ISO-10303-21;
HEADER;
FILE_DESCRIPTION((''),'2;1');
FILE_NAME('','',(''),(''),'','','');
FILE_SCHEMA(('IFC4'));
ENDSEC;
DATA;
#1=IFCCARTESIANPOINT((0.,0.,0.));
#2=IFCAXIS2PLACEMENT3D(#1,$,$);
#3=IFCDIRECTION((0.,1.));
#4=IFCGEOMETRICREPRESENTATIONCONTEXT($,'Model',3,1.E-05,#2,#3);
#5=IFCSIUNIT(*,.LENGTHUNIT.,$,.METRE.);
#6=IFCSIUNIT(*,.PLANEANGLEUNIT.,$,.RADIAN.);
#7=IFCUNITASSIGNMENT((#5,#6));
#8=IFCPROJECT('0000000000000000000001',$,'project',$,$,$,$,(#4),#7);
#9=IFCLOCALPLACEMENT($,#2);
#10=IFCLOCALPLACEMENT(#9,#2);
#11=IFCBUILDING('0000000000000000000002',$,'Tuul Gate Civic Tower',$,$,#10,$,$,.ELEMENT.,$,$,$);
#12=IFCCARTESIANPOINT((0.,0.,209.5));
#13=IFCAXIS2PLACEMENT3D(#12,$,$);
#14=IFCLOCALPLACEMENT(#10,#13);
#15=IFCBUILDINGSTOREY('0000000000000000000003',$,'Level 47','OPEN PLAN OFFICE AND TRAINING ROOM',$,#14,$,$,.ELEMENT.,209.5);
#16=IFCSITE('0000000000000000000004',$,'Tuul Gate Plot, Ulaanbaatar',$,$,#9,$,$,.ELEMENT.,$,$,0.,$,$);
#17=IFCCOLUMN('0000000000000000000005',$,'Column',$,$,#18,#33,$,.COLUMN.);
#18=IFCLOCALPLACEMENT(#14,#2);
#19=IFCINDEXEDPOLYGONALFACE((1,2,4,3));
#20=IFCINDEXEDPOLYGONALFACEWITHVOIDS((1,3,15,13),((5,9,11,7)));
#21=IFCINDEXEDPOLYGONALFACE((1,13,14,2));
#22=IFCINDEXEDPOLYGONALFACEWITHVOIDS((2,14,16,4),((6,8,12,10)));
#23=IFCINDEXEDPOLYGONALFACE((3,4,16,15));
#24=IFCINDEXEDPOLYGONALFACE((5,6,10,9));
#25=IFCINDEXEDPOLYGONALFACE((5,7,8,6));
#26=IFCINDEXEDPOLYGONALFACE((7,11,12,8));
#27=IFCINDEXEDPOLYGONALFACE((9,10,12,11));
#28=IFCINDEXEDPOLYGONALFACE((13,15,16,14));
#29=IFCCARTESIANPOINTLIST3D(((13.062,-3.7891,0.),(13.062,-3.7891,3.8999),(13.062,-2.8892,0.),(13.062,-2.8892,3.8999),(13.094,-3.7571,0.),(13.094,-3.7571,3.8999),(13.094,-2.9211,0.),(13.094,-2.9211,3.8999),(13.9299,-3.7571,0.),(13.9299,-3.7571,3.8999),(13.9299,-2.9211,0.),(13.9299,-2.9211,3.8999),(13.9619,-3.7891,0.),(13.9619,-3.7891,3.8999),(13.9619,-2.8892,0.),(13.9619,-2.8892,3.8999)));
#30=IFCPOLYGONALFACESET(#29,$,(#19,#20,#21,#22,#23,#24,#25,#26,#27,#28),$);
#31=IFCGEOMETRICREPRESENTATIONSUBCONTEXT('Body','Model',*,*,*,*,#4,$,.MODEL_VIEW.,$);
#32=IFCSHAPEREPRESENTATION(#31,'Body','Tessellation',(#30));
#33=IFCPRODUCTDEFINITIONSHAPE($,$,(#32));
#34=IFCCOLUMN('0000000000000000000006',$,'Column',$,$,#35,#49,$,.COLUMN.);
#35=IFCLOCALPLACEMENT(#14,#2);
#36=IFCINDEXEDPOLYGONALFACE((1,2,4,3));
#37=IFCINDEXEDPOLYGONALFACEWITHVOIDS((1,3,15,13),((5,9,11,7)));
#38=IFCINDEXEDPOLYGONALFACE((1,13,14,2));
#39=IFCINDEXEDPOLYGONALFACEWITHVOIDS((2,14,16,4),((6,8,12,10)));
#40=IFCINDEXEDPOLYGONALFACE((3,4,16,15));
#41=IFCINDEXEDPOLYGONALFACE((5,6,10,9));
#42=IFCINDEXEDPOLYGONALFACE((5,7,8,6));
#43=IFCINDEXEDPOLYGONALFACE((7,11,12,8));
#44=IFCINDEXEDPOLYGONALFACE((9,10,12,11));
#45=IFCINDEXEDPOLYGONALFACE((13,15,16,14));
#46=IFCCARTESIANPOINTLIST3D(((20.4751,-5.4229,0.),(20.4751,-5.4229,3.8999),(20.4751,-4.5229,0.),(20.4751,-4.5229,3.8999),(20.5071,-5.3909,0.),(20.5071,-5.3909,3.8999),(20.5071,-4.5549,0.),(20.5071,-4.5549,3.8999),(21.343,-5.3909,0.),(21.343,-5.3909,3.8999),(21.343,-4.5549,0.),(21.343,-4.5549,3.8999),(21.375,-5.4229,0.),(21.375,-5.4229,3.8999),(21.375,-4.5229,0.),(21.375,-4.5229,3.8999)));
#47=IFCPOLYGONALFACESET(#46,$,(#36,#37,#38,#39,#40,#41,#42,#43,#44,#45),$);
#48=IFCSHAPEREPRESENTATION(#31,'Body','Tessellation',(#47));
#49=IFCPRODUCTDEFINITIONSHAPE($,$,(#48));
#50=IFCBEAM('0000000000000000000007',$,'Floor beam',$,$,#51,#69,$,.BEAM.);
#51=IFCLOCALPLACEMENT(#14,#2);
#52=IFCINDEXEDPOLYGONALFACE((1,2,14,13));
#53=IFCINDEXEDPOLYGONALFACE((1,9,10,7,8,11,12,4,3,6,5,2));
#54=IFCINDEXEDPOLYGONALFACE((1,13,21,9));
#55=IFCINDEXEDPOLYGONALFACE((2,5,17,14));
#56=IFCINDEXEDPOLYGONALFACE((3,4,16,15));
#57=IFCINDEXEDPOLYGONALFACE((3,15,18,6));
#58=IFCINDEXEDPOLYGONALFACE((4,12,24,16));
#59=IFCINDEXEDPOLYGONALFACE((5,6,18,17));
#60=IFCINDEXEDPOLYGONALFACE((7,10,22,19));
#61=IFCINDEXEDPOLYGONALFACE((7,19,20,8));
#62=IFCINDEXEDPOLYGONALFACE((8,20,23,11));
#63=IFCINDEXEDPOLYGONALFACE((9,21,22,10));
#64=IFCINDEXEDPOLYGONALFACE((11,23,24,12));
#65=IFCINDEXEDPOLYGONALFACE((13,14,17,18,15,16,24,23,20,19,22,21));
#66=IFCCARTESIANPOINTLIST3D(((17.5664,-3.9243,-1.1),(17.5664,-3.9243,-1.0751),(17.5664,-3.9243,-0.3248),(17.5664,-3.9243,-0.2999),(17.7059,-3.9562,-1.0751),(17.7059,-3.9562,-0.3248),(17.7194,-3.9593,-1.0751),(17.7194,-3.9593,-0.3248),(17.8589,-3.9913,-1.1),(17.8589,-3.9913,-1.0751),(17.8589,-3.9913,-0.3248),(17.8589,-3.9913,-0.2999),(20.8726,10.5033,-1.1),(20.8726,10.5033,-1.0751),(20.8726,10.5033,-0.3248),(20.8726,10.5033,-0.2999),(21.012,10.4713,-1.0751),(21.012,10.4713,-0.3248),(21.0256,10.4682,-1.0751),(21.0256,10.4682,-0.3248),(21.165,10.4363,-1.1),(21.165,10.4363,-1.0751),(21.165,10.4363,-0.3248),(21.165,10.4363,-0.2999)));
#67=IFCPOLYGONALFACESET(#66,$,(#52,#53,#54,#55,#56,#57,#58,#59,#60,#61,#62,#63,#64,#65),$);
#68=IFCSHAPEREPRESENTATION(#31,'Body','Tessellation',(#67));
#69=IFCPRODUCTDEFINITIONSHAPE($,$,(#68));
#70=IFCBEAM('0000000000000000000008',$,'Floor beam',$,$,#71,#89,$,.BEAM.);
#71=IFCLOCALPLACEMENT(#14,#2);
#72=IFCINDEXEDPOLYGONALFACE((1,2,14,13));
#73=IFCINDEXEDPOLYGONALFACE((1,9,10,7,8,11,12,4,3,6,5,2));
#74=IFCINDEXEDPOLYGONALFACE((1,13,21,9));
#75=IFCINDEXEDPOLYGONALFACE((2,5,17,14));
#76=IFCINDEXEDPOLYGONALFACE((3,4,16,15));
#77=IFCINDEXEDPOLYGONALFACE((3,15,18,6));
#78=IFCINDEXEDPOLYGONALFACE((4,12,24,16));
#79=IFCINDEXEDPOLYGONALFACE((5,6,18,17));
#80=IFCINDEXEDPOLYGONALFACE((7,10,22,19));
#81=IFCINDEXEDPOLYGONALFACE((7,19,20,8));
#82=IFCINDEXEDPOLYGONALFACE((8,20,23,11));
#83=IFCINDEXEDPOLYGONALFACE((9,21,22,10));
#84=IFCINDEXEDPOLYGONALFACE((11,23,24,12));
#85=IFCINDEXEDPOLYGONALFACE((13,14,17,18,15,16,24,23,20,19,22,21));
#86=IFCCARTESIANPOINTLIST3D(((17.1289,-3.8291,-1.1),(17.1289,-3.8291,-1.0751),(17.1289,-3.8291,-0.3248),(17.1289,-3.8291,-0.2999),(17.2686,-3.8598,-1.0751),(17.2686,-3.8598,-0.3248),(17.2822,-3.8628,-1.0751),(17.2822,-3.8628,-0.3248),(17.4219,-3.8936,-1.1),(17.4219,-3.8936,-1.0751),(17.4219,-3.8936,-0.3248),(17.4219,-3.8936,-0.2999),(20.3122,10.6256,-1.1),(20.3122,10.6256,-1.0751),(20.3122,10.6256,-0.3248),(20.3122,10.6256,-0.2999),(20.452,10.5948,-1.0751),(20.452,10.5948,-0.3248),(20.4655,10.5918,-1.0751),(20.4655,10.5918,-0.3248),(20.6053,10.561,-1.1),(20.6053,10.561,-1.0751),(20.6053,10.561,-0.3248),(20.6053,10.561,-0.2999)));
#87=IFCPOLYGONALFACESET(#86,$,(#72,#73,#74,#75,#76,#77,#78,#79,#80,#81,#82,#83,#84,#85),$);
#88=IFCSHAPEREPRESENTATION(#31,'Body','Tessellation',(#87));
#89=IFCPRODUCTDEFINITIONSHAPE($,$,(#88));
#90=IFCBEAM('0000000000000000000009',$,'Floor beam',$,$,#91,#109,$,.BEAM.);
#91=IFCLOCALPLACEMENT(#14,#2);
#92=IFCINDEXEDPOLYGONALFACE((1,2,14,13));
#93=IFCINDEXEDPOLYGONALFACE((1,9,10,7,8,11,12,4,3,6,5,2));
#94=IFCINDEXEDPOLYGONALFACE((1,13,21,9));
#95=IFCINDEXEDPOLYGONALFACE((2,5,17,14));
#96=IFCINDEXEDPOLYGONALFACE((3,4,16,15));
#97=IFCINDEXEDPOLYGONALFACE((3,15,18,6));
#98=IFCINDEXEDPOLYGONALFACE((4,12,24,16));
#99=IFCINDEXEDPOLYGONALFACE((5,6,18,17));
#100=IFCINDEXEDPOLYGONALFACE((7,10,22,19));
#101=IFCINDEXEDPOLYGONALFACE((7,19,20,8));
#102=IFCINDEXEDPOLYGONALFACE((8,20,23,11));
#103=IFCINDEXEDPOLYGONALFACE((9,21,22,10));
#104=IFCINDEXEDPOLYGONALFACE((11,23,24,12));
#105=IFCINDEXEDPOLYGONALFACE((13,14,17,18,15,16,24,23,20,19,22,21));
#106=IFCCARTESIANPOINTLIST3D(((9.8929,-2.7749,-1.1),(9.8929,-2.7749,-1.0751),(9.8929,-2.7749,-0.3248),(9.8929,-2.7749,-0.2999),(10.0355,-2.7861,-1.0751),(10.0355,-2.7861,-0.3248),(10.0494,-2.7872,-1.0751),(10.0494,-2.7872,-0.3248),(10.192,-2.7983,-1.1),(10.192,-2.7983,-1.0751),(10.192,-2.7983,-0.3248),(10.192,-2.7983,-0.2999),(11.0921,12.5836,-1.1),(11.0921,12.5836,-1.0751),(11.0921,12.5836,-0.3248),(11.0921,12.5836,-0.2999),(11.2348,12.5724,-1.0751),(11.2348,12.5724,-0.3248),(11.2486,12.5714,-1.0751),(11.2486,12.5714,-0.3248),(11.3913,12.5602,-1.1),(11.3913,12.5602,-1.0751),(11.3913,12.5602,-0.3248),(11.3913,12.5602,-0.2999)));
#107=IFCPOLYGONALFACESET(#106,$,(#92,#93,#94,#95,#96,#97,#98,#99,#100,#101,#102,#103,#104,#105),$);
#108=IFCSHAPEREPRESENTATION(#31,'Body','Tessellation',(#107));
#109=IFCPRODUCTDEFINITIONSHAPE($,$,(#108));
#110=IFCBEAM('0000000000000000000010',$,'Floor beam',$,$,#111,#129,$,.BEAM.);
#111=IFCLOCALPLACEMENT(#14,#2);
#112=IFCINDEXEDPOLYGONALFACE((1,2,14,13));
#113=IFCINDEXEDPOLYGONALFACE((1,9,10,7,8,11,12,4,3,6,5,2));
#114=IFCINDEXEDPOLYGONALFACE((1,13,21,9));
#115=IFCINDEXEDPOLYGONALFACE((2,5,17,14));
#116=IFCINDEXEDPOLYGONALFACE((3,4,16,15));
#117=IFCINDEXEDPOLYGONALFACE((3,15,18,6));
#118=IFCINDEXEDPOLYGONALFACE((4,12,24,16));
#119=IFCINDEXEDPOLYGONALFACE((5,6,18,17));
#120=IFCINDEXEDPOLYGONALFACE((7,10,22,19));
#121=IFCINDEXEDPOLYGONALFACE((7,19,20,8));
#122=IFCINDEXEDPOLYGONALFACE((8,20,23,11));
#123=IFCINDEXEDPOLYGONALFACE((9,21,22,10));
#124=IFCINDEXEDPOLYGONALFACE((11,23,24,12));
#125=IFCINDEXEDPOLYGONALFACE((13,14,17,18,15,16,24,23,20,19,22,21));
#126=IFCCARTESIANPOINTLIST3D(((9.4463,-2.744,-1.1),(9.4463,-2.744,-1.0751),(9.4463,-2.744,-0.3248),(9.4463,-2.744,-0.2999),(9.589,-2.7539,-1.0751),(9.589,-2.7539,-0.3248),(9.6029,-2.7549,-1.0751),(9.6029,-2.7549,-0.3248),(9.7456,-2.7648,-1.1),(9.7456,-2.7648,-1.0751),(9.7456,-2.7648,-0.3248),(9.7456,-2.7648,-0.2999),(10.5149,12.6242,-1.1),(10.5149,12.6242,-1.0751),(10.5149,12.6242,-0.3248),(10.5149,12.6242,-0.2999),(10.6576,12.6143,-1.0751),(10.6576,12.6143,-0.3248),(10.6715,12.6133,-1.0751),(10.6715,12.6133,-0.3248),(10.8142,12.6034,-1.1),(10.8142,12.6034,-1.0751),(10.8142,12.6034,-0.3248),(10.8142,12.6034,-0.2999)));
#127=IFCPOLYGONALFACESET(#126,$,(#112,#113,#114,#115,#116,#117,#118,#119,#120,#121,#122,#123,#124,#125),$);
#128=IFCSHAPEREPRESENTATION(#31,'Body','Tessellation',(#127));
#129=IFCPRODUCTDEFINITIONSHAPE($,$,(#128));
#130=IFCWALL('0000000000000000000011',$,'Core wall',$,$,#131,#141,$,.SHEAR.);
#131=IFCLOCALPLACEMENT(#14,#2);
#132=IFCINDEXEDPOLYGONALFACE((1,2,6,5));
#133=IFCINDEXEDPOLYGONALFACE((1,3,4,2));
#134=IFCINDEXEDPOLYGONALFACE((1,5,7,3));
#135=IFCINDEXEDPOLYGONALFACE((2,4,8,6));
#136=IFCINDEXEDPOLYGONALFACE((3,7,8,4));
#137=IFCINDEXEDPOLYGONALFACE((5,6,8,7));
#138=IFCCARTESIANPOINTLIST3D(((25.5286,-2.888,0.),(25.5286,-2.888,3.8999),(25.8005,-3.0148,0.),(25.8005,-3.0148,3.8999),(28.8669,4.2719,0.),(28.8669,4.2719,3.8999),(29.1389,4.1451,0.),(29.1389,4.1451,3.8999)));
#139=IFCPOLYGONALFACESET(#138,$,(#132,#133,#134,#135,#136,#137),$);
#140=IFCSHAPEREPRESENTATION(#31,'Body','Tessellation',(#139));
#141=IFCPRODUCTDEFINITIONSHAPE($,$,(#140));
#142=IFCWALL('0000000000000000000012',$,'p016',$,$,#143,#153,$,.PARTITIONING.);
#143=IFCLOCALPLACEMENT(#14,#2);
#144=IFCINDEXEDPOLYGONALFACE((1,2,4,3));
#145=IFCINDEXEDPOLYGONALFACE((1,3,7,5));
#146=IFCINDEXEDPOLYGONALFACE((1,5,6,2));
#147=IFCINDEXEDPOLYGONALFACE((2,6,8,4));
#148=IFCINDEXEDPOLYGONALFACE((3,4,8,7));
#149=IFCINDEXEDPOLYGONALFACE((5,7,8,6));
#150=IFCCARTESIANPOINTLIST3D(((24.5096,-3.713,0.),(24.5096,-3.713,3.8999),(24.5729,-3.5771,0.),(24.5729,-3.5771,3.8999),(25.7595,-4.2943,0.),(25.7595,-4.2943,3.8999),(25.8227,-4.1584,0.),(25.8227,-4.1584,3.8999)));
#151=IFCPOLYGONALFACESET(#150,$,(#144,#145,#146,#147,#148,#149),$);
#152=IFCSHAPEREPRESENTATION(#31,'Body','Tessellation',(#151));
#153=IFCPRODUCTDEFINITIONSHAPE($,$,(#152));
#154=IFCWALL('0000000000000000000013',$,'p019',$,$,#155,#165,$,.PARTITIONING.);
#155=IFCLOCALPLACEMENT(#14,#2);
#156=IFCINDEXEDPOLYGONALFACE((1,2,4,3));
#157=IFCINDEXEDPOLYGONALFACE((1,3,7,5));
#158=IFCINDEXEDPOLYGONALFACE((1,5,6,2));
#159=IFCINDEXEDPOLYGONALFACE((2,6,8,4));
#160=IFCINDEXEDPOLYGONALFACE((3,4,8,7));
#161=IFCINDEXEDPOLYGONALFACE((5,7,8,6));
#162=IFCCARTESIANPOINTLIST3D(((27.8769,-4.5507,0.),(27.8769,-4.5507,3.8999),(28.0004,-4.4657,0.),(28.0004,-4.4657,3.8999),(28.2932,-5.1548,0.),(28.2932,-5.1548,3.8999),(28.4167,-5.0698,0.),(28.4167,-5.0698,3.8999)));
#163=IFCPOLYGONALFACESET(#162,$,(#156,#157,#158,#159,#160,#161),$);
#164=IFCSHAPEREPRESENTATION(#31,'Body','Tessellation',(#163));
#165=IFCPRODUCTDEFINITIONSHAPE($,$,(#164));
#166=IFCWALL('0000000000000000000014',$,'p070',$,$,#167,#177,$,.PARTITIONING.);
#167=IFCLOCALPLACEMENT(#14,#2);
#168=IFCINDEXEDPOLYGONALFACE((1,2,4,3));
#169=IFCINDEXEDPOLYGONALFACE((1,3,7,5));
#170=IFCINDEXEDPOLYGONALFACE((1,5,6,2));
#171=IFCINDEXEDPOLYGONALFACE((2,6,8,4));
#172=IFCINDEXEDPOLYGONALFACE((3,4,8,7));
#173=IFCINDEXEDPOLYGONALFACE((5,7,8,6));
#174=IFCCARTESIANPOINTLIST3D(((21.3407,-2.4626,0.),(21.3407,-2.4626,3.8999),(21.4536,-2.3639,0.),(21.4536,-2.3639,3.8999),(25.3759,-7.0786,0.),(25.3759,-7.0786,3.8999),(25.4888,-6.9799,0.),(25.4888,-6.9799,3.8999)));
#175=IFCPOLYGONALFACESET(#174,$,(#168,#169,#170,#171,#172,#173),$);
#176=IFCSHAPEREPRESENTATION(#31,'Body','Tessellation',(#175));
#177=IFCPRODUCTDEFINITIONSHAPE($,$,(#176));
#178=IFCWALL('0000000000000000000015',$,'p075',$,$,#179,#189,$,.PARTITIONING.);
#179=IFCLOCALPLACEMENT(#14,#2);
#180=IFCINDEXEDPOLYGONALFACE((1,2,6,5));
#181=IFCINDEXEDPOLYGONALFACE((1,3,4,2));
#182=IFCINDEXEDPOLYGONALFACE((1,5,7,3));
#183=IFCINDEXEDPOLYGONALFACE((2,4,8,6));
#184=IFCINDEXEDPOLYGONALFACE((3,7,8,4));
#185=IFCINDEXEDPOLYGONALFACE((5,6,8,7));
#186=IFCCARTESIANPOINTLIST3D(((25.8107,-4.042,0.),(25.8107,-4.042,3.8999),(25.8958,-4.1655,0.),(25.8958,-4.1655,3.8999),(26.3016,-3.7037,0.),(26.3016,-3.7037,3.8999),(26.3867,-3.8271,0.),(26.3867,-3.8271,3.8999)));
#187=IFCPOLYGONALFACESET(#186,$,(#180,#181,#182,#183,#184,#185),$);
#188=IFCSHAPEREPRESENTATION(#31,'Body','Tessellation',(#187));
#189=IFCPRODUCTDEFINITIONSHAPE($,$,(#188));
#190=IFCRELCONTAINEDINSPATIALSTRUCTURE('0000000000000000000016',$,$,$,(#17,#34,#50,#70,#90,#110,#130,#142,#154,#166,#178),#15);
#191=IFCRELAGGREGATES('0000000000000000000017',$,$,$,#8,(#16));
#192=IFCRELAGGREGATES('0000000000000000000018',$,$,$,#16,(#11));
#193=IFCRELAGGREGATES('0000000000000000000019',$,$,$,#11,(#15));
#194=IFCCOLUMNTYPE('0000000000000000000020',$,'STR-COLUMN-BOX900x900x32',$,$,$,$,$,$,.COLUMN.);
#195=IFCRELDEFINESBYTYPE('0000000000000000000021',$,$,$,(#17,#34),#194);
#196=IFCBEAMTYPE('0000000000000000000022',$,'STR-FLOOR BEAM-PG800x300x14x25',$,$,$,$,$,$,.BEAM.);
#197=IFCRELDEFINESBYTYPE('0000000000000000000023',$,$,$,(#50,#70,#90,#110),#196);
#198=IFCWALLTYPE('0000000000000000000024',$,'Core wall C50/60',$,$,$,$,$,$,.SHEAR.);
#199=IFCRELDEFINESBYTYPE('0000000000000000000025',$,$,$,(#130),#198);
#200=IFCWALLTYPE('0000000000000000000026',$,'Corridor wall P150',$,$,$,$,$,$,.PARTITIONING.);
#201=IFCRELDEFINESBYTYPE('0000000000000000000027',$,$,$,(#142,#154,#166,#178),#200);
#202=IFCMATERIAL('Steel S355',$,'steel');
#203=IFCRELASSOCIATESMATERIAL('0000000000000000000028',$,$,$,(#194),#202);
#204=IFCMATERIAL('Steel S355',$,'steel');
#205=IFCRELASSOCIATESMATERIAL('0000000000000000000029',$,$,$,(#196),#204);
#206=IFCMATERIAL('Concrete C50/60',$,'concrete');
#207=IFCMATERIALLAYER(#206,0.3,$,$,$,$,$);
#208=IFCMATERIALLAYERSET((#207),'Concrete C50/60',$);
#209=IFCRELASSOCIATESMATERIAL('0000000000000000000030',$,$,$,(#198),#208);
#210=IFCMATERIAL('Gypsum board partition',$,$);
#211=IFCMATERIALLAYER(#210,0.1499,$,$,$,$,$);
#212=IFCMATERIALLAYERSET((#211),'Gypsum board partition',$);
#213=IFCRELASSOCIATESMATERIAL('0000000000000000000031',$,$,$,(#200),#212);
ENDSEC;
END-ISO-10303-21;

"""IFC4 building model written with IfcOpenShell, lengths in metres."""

from ifc_helpers import new_model, si_unit, direction, frame, frame_2d, origin, origin_2d, place, context, subcontext, project, spatial, rectangle, hollow_rectangle, i_section, extrude, material, layer, layer_set, material_profile, profile_set, type_object, element, save


model = new_model("IFC4")

# Units and contexts
model_context = context("Model", 3, precision=1e-05, world=origin(), true_north=direction((0.0, 1.0)))
body_context = subcontext(model_context, "Body", "Model", "MODEL_VIEW")
ifc_project = project(units=[si_unit("LENGTHUNIT", "METRE"), si_unit("PLANEANGLEUNIT", "RADIAN")], contexts=[model_context])

# Site, building, storey
site_placement = place(None, origin())
site = spatial("IfcSite", under=ifc_project, at=site_placement, Name="Tuul Gate Plot, Ulaanbaatar", CompositionType="ELEMENT", RefElevation=0.0)
building_placement = place(site_placement, origin())
building = spatial("IfcBuilding", under=site, at=building_placement, Name="Tuul Gate Civic Tower", CompositionType="ELEMENT")
storey_placement = place(building_placement, frame((0.0, 0.0, 209.5)))
storey = spatial("IfcBuildingStorey", under=building, at=storey_placement, Name="Level 47", Description="OPEN PLAN OFFICE AND TRAINING ROOM", CompositionType="ELEMENT", Elevation=209.5)

# Columns
ifc_material_1 = material(Name="Steel S355", Category="steel")
ifc_material_profile_1 = material_profile(ifc_material_1, hollow_rectangle(XDim=0.8999, YDim=0.8999, WallThickness=0.032, at=origin_2d()), Name="BOX900x900x32")
ifc_profile_set_1 = profile_set([ifc_material_profile_1], Name="Steel S355")
column_type = type_object("IfcColumnType", Name="STR-COLUMN-BOX900x900x32", PredefinedType="COLUMN", material=ifc_profile_set_1)
for number, where, z_axis, x_axis, name in (
    (1, (13.512, -3.3391, 0.0), (0.0, 0.0, 1.0), (1.0, 0.0, 0.0), "Column"),
    (2, (20.925, -4.9729, 0.0), (0.0, 0.0, 1.0), (1.0, 0.0, 0.0), "Column"),
):
    element("IfcColumn", number, at=place(storey_placement, frame(where, z_axis=z_axis, x_axis=x_axis)), inside=storey, type_object=column_type, Name=name, PredefinedType="COLUMN", context=body_context, shape_type="SweptSolid", body=[
        extrude(hollow_rectangle(XDim=0.8999, YDim=0.8999, WallThickness=0.032, at=origin_2d()), origin(), (0.0, 0.0, 1.0), 3.8999),
    ])

# Beams
ifc_material_2 = material(Name="Steel S355", Category="steel")
ifc_material_profile_2 = material_profile(ifc_material_2, i_section(OverallWidth=0.3, OverallDepth=0.8, WebThickness=0.0139, FlangeThickness=0.0249, at=origin_2d()), Name="PG800x300x14x25")
ifc_profile_set_2 = profile_set([ifc_material_profile_2], Name="Steel S355")
beam_type = type_object("IfcBeamType", Name="STR-FLOOR BEAM-PG800x300x14x25", PredefinedType="BEAM", material=ifc_profile_set_2)
beam_1_placement = place(storey_placement, frame((17.7126, -3.9578, -0.7), z_axis=(0.223367, 0.974734, 0.0), x_axis=(-0.974734, 0.223367, 0.0)))
element("IfcBeam", 3, at=beam_1_placement, inside=storey, type_object=beam_type, Name="Floor beam", PredefinedType="BEAM", context=body_context, shape_type="SweptSolid", body=[
    extrude(i_section(OverallWidth=0.3, OverallDepth=0.8, WebThickness=0.0139, FlangeThickness=0.0249, at=origin_2d()), origin(), (0.0, 0.0, 1.0), 14.8015),
])
beam_2_placement = place(storey_placement, frame((17.2754, -3.8613, -0.7), z_axis=(0.215077, 0.976597, 0.0), x_axis=(-0.976597, 0.215077, 0.0)))
element("IfcBeam", 4, at=beam_2_placement, inside=storey, type_object=beam_type, Name="Floor beam", PredefinedType="BEAM", context=body_context, shape_type="SweptSolid", body=[
    extrude(i_section(OverallWidth=0.3, OverallDepth=0.8, WebThickness=0.0139, FlangeThickness=0.0249, at=origin_2d()), origin(), (0.0, 0.0, 1.0), 14.801),
])
for number, where, z_axis, x_axis, name in (
    (5, (10.0425, -2.7866, -0.7), (0.077844, 0.996966, 0.0), (-0.996966, 0.077844, 0.0), "Floor beam"),
    (6, (9.5959, -2.7544, -0.7), (0.069366, 0.997591, 0.0), (-0.997591, 0.069366, 0.0), "Floor beam"),
):
    element("IfcBeam", number, at=place(storey_placement, frame(where, z_axis=z_axis, x_axis=x_axis)), inside=storey, type_object=beam_type, Name=name, PredefinedType="BEAM", context=body_context, shape_type="SweptSolid", body=[
        extrude(i_section(OverallWidth=0.3, OverallDepth=0.8, WebThickness=0.0139, FlangeThickness=0.0249, at=origin_2d()), origin(), (0.0, 0.0, 1.0), 15.4053),
    ])

# Walls
ifc_material_3 = material(Name="Concrete C50/60", Category="concrete")
ifc_layer_1 = layer(ifc_material_3, 0.3)
ifc_layer_set_1 = layer_set([ifc_layer_1], Name="Concrete C50/60")
wall_type_1 = type_object("IfcWallType", Name="Core wall C50/60", PredefinedType="SHEAR", material=ifc_layer_set_1)
wall_1_placement = place(storey_placement, frame((25.6646, -2.9514, 0.0), z_axis=(0.0, 0.0, 1.0), x_axis=(0.422583, 0.906324, 0.0)))
element("IfcWall", 7, at=wall_1_placement, inside=storey, type_object=wall_type_1, Name="Core wall", PredefinedType="SHEAR", context=body_context, shape_type="SweptSolid", body=[
    extrude(rectangle(XDim=7.8999, YDim=0.3, at=frame_2d((3.95, 0.0))), origin(), (0.0, 0.0, 1.0), 3.8999),
])
ifc_material_4 = material(Name="Gypsum board partition")
ifc_layer_2 = layer(ifc_material_4, 0.1499)
ifc_layer_set_2 = layer_set([ifc_layer_2], Name="Gypsum board partition")
wall_type_2 = type_object("IfcWallType", Name="Corridor wall P150", PredefinedType="PARTITIONING", material=ifc_layer_set_2)
wall_2_placement = place(storey_placement, frame((24.5413, -3.645, 0.0), z_axis=(0.0, 0.0, 1.0), x_axis=(0.906716, -0.421741, 0.0)))
element("IfcWall", 8, at=wall_2_placement, inside=storey, type_object=wall_type_2, Name="p016", PredefinedType="PARTITIONING", context=body_context, shape_type="SweptSolid", body=[
    extrude(rectangle(XDim=1.3784, YDim=0.1499, at=frame_2d((0.6892, 0.0))), origin(), (0.0, 0.0, 1.0), 3.8999),
])
wall_3_placement = place(storey_placement, frame((27.9387, -4.5083, 0.0), z_axis=(0.0, 0.0, 1.0), x_axis=(0.567461, -0.8234, 0.0)))
element("IfcWall", 9, at=wall_3_placement, inside=storey, type_object=wall_type_2, Name="p019", PredefinedType="PARTITIONING", context=body_context, shape_type="SweptSolid", body=[
    extrude(rectangle(XDim=0.7336, YDim=0.1499, at=frame_2d((0.3667, 0.0))), origin(), (0.0, 0.0, 1.0), 3.8999),
])
wall_4_placement = place(storey_placement, frame((21.3972, -2.4133, 0.0), z_axis=(0.0, 0.0, 1.0), x_axis=(0.658152, -0.752885, 0.0)))
element("IfcWall", 10, at=wall_4_placement, inside=storey, type_object=wall_type_2, Name="p070", PredefinedType="PARTITIONING", context=body_context, shape_type="SweptSolid", body=[
    extrude(rectangle(XDim=6.1311, YDim=0.1499, at=frame_2d((3.0654, 0.0))), origin(), (0.0, 0.0, 1.0), 3.8999),
])
wall_5_placement = place(storey_placement, frame((25.8533, -4.1038, 0.0), z_axis=(0.0, 0.0, 1.0), x_axis=(0.823384, 0.567484, 0.0)))
element("IfcWall", 11, at=wall_5_placement, inside=storey, type_object=wall_type_2, Name="p075", PredefinedType="PARTITIONING", context=body_context, shape_type="SweptSolid", body=[
    extrude(rectangle(XDim=0.5962, YDim=0.1499, at=frame_2d((0.2981, 0.0))), origin(), (0.0, 0.0, 1.0), 3.8999),
])

save(model, "model.ifc")
